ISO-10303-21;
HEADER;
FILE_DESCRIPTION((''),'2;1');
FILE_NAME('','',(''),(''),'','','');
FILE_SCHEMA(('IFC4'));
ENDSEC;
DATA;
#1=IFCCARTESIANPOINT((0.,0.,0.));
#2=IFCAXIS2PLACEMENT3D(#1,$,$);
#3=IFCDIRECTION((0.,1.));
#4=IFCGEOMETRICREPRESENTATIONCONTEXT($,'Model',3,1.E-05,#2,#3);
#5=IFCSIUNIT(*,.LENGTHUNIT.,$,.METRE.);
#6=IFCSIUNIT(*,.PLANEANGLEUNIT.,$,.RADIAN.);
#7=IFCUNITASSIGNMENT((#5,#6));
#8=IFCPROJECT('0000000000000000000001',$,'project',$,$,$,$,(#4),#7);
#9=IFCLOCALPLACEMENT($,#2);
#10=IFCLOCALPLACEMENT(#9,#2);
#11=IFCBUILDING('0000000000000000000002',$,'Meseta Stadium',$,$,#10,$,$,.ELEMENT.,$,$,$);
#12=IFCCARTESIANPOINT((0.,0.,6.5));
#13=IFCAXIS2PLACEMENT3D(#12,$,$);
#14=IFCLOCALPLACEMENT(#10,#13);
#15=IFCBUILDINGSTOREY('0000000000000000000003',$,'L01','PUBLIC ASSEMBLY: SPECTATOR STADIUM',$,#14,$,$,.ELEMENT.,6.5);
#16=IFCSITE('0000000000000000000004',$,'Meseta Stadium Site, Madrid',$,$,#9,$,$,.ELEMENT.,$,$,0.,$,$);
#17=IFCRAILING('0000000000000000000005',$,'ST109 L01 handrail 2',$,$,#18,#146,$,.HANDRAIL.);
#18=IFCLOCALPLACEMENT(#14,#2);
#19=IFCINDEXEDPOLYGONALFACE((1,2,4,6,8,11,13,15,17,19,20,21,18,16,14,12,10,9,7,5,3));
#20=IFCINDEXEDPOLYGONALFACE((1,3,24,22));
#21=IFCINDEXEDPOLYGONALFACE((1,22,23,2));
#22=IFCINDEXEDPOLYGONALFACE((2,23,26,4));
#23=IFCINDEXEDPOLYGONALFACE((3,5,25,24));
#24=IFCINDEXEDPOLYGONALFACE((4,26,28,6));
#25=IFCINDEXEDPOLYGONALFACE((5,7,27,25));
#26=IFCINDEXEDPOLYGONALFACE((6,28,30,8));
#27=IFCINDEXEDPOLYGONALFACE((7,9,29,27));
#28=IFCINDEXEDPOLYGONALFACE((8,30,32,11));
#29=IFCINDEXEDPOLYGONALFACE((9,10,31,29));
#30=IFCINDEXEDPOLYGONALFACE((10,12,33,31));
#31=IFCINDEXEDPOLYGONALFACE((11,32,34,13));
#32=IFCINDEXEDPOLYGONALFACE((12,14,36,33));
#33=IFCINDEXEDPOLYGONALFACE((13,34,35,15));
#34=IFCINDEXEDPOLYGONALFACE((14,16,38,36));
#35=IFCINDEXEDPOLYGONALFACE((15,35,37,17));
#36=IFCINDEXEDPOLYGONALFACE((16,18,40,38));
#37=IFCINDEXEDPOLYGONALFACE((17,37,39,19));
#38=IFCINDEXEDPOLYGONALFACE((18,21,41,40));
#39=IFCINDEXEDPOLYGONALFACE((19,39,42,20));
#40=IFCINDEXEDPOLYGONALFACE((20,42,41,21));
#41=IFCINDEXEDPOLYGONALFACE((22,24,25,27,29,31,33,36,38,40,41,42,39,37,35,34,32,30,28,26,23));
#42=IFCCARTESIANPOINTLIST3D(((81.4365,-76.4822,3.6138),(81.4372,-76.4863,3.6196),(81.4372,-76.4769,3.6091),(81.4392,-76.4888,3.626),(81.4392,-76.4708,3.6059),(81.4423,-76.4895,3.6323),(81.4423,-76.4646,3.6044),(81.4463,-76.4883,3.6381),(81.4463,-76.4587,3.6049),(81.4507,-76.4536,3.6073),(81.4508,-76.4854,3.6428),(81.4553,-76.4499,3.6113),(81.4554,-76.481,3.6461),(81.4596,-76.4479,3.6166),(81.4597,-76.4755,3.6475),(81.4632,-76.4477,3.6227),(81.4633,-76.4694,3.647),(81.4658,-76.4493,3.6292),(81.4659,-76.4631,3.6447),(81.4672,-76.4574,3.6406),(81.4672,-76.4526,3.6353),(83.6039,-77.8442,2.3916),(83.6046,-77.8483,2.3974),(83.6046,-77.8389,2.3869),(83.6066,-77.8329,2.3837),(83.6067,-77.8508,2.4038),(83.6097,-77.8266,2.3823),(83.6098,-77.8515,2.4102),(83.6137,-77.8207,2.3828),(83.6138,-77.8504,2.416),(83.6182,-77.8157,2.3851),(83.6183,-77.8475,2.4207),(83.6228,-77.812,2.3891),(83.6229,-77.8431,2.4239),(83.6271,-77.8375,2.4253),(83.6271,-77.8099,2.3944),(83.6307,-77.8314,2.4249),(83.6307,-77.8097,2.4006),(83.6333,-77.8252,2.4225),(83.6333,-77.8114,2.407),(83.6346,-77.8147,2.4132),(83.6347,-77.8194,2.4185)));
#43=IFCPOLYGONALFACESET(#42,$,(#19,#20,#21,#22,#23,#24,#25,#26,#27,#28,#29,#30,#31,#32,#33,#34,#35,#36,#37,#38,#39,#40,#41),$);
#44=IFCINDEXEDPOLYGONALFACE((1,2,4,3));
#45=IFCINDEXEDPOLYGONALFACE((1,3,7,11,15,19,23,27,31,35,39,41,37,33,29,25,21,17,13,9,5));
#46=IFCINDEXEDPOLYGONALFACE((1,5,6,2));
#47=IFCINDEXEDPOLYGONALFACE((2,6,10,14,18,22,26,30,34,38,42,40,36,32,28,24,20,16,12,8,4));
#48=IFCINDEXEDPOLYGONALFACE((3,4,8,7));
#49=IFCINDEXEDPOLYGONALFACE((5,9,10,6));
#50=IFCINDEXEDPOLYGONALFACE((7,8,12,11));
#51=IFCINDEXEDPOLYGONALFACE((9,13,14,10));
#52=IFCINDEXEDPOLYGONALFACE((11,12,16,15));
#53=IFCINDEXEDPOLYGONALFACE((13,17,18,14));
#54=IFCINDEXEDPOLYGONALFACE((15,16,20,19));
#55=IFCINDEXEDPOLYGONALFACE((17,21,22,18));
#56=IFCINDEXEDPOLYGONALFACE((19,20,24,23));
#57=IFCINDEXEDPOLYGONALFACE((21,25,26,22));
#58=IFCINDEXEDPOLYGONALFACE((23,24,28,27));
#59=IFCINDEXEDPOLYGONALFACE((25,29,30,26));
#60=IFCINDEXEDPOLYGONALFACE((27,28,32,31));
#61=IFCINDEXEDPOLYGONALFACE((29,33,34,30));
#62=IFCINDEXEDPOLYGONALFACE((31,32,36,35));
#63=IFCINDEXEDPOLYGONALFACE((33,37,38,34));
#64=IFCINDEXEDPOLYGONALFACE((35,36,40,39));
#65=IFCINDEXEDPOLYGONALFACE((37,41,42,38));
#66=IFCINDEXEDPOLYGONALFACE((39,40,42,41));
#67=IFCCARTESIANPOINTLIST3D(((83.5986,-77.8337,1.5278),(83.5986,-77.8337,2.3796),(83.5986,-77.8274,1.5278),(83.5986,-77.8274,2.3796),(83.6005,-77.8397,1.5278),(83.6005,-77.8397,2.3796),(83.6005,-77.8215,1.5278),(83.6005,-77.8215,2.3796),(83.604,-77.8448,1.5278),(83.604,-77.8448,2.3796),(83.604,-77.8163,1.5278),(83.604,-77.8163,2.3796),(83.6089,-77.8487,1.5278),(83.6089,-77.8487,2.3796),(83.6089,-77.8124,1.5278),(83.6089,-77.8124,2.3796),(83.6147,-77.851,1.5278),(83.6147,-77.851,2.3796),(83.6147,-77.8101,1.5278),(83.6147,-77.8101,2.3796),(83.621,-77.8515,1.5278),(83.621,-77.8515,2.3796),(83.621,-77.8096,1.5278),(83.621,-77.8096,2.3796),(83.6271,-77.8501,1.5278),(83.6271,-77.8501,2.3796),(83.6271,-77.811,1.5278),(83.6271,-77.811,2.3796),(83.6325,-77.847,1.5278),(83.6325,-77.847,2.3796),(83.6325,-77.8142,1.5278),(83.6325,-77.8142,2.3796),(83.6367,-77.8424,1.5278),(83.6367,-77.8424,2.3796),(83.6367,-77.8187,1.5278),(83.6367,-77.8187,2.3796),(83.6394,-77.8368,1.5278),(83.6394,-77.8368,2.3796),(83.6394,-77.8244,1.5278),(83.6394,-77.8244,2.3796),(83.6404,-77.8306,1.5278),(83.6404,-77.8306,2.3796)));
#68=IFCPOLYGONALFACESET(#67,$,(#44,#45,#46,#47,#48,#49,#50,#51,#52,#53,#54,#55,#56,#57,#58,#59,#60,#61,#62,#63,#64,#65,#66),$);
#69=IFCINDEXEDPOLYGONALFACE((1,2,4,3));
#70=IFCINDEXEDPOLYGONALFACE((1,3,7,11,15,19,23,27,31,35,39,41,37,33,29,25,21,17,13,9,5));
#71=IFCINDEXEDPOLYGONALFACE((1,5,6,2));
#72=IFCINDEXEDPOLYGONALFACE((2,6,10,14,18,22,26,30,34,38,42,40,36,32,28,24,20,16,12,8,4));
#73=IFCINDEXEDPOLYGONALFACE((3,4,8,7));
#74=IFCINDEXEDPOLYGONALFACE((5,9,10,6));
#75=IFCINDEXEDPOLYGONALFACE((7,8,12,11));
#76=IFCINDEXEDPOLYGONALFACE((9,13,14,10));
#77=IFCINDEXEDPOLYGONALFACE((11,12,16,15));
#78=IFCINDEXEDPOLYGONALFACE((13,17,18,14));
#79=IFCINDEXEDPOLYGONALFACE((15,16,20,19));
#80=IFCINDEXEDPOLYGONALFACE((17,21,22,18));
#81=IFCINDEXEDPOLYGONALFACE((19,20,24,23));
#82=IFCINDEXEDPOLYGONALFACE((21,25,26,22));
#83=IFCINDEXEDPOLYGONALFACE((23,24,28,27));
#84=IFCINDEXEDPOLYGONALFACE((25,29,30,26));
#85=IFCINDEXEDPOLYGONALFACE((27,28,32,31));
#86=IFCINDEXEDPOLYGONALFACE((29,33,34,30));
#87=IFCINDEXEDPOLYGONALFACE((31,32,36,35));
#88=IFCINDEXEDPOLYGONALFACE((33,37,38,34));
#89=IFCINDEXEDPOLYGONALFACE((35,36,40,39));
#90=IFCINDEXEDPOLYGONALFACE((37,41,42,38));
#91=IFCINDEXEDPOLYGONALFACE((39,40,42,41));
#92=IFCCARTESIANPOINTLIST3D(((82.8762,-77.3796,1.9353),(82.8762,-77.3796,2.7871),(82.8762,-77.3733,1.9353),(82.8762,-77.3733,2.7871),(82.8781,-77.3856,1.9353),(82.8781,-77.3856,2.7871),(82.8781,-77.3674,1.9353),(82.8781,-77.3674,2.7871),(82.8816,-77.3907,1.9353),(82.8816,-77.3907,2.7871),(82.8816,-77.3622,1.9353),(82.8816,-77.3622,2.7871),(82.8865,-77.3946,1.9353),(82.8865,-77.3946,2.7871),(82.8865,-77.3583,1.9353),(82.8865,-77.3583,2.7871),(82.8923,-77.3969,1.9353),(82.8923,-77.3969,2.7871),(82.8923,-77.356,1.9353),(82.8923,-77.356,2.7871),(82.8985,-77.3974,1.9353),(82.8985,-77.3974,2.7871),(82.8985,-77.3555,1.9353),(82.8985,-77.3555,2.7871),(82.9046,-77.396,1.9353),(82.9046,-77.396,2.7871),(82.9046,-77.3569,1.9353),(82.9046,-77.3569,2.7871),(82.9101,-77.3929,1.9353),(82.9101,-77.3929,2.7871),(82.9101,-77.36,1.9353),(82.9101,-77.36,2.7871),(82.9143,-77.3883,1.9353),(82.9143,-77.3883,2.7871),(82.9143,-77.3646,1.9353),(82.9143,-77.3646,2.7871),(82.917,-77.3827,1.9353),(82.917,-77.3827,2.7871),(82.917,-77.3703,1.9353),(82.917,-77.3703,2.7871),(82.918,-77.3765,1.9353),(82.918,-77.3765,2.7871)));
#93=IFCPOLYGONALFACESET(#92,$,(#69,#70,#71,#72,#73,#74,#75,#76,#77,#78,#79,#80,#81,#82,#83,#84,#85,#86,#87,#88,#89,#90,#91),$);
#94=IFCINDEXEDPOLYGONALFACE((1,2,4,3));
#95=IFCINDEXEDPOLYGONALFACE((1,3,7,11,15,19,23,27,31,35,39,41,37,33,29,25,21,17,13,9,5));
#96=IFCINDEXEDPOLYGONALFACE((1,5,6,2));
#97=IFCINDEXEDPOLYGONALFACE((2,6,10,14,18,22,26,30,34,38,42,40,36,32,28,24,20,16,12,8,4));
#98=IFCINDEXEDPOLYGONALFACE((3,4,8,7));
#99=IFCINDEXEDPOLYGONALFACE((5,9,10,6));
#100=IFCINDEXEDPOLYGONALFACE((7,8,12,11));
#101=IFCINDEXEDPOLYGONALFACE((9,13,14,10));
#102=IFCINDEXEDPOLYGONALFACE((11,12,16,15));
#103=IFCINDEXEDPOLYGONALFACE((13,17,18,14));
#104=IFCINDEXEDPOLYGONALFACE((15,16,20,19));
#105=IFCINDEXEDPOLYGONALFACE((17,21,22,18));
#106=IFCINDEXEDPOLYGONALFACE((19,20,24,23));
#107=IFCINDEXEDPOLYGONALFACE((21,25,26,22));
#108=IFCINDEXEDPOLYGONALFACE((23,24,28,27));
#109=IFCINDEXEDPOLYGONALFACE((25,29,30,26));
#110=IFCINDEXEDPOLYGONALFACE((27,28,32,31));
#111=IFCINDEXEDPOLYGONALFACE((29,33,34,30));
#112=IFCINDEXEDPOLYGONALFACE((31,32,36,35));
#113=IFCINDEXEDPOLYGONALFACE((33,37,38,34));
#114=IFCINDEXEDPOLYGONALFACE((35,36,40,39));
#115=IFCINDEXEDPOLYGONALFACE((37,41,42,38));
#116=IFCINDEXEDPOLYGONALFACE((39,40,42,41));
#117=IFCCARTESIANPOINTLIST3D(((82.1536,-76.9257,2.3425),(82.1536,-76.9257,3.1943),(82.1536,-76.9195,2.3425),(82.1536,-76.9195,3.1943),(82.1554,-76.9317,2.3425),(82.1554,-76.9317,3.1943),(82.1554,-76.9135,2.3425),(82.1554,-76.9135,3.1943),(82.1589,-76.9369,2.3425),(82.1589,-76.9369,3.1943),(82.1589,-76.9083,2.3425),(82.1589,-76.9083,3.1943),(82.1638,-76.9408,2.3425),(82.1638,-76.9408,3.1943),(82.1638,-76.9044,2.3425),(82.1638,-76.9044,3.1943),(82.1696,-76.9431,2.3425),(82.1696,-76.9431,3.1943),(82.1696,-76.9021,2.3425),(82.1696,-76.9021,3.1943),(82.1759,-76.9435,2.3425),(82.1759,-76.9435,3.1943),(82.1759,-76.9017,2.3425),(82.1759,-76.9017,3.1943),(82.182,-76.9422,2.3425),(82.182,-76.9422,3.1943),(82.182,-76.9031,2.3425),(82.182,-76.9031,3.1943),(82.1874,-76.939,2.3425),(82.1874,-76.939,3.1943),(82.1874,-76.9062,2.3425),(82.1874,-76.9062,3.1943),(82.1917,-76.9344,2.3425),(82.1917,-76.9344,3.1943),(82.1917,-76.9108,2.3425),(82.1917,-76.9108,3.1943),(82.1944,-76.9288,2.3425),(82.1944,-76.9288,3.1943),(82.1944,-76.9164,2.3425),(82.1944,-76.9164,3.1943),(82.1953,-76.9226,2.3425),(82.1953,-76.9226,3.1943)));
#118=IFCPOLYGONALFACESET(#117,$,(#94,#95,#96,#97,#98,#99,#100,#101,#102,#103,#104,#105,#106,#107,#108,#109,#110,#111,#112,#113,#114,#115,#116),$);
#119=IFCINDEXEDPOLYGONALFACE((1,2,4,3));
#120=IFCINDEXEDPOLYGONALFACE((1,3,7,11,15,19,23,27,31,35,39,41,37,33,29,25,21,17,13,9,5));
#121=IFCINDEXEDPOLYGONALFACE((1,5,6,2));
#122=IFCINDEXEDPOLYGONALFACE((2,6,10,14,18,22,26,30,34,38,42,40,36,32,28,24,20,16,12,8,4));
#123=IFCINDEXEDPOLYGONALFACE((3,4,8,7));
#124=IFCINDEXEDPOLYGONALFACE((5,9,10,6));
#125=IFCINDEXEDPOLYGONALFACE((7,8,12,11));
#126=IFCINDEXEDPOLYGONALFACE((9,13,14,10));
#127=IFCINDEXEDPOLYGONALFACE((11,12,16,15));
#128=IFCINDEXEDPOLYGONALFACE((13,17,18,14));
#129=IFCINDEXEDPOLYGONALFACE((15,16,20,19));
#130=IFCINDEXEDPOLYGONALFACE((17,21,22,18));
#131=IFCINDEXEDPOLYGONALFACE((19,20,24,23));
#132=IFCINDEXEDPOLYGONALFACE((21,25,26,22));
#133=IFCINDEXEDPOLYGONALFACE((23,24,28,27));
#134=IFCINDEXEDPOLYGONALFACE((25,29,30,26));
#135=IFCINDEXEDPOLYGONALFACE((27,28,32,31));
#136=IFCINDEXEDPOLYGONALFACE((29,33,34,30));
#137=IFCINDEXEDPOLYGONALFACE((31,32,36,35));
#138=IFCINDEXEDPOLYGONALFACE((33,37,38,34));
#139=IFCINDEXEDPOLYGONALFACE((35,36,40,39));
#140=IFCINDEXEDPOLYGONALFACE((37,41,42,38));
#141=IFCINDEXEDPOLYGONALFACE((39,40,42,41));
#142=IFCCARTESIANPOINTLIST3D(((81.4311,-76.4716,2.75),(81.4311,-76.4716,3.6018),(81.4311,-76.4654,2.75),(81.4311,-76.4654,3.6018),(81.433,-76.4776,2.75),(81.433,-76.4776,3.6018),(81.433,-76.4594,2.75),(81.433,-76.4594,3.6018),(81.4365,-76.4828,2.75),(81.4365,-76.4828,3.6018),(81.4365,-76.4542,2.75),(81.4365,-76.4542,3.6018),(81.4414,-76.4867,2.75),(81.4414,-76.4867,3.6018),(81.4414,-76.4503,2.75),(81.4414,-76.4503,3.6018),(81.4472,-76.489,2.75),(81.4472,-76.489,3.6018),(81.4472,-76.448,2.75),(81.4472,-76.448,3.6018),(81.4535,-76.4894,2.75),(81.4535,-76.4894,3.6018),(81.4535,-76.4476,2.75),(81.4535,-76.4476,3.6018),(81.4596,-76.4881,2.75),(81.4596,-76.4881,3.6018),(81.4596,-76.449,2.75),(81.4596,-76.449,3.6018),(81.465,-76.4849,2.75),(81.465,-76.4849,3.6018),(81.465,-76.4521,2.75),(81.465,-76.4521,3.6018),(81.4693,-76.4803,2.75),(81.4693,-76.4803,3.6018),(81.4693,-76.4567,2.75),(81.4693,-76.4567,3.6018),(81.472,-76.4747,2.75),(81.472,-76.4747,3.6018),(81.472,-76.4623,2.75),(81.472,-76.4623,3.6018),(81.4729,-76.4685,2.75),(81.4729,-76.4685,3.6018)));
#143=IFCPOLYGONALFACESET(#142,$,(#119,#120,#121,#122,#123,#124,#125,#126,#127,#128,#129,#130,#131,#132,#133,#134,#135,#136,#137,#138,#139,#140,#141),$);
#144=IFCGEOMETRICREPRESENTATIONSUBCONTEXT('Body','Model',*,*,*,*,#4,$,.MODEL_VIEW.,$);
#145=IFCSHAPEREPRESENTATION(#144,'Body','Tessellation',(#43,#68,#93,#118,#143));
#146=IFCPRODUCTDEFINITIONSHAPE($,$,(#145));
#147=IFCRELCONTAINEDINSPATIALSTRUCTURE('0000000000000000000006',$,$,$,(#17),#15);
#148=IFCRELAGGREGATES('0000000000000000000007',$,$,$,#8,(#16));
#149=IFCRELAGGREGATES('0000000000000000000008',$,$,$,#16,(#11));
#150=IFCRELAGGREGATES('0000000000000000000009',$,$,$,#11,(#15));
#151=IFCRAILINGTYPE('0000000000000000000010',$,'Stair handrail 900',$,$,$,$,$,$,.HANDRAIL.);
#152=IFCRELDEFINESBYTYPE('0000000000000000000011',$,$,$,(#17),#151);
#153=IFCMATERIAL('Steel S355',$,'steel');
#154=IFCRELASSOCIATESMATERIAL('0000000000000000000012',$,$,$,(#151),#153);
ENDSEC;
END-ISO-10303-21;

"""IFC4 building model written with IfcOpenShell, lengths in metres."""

from ifc_helpers import new_model, si_unit, direction, frame, origin, origin_2d, place, context, subcontext, project, spatial, circle, extrude, material, type_object, element, save


model = new_model("IFC4")

# Units and contexts
model_context = context("Model", 3, precision=1e-05, world=origin(), true_north=direction((0.0, 1.0)))
body_context = subcontext(model_context, "Body", "Model", "MODEL_VIEW")
ifc_project = project(units=[si_unit("LENGTHUNIT", "METRE"), si_unit("PLANEANGLEUNIT", "RADIAN")], contexts=[model_context])

# Site, building, storey
site_placement = place(None, origin())
site = spatial("IfcSite", under=ifc_project, at=site_placement, Name="Meseta Stadium Site, Madrid", CompositionType="ELEMENT", RefElevation=0.0)
building_placement = place(site_placement, origin())
building = spatial("IfcBuilding", under=site, at=building_placement, Name="Meseta Stadium", CompositionType="ELEMENT")
storey_placement = place(building_placement, frame((0.0, 0.0, 6.5)))
storey = spatial("IfcBuildingStorey", under=building, at=storey_placement, Name="L01", Description="PUBLIC ASSEMBLY: SPECTATOR STADIUM", CompositionType="ELEMENT", Elevation=6.5)

# Railing
ifc_material_1 = material(Name="Steel S355", Category="steel")
railing_type_1 = type_object("IfcRailingType", Name="Stair handrail 900", PredefinedType="HANDRAIL", material=ifc_material_1)
railing_1_placement = place(storey_placement, frame((83.6194, -77.8306, 1.5278)))
element("IfcRailing", 1, at=railing_1_placement, inside=storey, type_object=railing_type_1, Name="ST109 L01 handrail 2", PredefinedType="HANDRAIL", context=body_context, shape_type="SweptSolid", body=[
    extrude(circle(Radius=0.0239, at=origin_2d()), frame((0.0, 0.0, 0.876), z_axis=(-0.764085, 0.480156, 0.430841), x_axis=(-0.532072, -0.846699, 0.0)), (0.0, 0.0, 1.0), 2.8367),
    extrude(circle(Radius=0.021, at=origin_2d()), origin(), (0.0, 0.0, 1.0), 0.8518),
    extrude(circle(Radius=0.021, at=origin_2d()), frame((-0.7224, 0.4541, 0.4075)), (0.0, 0.0, 1.0), 0.8518),
    extrude(circle(Radius=0.021, at=origin_2d()), frame((-1.4451, 0.908, 0.8147)), (0.0, 0.0, 1.0), 0.8518),
    extrude(circle(Radius=0.021, at=origin_2d()), frame((-2.1675, 1.3621, 1.2222)), (0.0, 0.0, 1.0), 0.8518),
])

save(model, "model.ifc")
